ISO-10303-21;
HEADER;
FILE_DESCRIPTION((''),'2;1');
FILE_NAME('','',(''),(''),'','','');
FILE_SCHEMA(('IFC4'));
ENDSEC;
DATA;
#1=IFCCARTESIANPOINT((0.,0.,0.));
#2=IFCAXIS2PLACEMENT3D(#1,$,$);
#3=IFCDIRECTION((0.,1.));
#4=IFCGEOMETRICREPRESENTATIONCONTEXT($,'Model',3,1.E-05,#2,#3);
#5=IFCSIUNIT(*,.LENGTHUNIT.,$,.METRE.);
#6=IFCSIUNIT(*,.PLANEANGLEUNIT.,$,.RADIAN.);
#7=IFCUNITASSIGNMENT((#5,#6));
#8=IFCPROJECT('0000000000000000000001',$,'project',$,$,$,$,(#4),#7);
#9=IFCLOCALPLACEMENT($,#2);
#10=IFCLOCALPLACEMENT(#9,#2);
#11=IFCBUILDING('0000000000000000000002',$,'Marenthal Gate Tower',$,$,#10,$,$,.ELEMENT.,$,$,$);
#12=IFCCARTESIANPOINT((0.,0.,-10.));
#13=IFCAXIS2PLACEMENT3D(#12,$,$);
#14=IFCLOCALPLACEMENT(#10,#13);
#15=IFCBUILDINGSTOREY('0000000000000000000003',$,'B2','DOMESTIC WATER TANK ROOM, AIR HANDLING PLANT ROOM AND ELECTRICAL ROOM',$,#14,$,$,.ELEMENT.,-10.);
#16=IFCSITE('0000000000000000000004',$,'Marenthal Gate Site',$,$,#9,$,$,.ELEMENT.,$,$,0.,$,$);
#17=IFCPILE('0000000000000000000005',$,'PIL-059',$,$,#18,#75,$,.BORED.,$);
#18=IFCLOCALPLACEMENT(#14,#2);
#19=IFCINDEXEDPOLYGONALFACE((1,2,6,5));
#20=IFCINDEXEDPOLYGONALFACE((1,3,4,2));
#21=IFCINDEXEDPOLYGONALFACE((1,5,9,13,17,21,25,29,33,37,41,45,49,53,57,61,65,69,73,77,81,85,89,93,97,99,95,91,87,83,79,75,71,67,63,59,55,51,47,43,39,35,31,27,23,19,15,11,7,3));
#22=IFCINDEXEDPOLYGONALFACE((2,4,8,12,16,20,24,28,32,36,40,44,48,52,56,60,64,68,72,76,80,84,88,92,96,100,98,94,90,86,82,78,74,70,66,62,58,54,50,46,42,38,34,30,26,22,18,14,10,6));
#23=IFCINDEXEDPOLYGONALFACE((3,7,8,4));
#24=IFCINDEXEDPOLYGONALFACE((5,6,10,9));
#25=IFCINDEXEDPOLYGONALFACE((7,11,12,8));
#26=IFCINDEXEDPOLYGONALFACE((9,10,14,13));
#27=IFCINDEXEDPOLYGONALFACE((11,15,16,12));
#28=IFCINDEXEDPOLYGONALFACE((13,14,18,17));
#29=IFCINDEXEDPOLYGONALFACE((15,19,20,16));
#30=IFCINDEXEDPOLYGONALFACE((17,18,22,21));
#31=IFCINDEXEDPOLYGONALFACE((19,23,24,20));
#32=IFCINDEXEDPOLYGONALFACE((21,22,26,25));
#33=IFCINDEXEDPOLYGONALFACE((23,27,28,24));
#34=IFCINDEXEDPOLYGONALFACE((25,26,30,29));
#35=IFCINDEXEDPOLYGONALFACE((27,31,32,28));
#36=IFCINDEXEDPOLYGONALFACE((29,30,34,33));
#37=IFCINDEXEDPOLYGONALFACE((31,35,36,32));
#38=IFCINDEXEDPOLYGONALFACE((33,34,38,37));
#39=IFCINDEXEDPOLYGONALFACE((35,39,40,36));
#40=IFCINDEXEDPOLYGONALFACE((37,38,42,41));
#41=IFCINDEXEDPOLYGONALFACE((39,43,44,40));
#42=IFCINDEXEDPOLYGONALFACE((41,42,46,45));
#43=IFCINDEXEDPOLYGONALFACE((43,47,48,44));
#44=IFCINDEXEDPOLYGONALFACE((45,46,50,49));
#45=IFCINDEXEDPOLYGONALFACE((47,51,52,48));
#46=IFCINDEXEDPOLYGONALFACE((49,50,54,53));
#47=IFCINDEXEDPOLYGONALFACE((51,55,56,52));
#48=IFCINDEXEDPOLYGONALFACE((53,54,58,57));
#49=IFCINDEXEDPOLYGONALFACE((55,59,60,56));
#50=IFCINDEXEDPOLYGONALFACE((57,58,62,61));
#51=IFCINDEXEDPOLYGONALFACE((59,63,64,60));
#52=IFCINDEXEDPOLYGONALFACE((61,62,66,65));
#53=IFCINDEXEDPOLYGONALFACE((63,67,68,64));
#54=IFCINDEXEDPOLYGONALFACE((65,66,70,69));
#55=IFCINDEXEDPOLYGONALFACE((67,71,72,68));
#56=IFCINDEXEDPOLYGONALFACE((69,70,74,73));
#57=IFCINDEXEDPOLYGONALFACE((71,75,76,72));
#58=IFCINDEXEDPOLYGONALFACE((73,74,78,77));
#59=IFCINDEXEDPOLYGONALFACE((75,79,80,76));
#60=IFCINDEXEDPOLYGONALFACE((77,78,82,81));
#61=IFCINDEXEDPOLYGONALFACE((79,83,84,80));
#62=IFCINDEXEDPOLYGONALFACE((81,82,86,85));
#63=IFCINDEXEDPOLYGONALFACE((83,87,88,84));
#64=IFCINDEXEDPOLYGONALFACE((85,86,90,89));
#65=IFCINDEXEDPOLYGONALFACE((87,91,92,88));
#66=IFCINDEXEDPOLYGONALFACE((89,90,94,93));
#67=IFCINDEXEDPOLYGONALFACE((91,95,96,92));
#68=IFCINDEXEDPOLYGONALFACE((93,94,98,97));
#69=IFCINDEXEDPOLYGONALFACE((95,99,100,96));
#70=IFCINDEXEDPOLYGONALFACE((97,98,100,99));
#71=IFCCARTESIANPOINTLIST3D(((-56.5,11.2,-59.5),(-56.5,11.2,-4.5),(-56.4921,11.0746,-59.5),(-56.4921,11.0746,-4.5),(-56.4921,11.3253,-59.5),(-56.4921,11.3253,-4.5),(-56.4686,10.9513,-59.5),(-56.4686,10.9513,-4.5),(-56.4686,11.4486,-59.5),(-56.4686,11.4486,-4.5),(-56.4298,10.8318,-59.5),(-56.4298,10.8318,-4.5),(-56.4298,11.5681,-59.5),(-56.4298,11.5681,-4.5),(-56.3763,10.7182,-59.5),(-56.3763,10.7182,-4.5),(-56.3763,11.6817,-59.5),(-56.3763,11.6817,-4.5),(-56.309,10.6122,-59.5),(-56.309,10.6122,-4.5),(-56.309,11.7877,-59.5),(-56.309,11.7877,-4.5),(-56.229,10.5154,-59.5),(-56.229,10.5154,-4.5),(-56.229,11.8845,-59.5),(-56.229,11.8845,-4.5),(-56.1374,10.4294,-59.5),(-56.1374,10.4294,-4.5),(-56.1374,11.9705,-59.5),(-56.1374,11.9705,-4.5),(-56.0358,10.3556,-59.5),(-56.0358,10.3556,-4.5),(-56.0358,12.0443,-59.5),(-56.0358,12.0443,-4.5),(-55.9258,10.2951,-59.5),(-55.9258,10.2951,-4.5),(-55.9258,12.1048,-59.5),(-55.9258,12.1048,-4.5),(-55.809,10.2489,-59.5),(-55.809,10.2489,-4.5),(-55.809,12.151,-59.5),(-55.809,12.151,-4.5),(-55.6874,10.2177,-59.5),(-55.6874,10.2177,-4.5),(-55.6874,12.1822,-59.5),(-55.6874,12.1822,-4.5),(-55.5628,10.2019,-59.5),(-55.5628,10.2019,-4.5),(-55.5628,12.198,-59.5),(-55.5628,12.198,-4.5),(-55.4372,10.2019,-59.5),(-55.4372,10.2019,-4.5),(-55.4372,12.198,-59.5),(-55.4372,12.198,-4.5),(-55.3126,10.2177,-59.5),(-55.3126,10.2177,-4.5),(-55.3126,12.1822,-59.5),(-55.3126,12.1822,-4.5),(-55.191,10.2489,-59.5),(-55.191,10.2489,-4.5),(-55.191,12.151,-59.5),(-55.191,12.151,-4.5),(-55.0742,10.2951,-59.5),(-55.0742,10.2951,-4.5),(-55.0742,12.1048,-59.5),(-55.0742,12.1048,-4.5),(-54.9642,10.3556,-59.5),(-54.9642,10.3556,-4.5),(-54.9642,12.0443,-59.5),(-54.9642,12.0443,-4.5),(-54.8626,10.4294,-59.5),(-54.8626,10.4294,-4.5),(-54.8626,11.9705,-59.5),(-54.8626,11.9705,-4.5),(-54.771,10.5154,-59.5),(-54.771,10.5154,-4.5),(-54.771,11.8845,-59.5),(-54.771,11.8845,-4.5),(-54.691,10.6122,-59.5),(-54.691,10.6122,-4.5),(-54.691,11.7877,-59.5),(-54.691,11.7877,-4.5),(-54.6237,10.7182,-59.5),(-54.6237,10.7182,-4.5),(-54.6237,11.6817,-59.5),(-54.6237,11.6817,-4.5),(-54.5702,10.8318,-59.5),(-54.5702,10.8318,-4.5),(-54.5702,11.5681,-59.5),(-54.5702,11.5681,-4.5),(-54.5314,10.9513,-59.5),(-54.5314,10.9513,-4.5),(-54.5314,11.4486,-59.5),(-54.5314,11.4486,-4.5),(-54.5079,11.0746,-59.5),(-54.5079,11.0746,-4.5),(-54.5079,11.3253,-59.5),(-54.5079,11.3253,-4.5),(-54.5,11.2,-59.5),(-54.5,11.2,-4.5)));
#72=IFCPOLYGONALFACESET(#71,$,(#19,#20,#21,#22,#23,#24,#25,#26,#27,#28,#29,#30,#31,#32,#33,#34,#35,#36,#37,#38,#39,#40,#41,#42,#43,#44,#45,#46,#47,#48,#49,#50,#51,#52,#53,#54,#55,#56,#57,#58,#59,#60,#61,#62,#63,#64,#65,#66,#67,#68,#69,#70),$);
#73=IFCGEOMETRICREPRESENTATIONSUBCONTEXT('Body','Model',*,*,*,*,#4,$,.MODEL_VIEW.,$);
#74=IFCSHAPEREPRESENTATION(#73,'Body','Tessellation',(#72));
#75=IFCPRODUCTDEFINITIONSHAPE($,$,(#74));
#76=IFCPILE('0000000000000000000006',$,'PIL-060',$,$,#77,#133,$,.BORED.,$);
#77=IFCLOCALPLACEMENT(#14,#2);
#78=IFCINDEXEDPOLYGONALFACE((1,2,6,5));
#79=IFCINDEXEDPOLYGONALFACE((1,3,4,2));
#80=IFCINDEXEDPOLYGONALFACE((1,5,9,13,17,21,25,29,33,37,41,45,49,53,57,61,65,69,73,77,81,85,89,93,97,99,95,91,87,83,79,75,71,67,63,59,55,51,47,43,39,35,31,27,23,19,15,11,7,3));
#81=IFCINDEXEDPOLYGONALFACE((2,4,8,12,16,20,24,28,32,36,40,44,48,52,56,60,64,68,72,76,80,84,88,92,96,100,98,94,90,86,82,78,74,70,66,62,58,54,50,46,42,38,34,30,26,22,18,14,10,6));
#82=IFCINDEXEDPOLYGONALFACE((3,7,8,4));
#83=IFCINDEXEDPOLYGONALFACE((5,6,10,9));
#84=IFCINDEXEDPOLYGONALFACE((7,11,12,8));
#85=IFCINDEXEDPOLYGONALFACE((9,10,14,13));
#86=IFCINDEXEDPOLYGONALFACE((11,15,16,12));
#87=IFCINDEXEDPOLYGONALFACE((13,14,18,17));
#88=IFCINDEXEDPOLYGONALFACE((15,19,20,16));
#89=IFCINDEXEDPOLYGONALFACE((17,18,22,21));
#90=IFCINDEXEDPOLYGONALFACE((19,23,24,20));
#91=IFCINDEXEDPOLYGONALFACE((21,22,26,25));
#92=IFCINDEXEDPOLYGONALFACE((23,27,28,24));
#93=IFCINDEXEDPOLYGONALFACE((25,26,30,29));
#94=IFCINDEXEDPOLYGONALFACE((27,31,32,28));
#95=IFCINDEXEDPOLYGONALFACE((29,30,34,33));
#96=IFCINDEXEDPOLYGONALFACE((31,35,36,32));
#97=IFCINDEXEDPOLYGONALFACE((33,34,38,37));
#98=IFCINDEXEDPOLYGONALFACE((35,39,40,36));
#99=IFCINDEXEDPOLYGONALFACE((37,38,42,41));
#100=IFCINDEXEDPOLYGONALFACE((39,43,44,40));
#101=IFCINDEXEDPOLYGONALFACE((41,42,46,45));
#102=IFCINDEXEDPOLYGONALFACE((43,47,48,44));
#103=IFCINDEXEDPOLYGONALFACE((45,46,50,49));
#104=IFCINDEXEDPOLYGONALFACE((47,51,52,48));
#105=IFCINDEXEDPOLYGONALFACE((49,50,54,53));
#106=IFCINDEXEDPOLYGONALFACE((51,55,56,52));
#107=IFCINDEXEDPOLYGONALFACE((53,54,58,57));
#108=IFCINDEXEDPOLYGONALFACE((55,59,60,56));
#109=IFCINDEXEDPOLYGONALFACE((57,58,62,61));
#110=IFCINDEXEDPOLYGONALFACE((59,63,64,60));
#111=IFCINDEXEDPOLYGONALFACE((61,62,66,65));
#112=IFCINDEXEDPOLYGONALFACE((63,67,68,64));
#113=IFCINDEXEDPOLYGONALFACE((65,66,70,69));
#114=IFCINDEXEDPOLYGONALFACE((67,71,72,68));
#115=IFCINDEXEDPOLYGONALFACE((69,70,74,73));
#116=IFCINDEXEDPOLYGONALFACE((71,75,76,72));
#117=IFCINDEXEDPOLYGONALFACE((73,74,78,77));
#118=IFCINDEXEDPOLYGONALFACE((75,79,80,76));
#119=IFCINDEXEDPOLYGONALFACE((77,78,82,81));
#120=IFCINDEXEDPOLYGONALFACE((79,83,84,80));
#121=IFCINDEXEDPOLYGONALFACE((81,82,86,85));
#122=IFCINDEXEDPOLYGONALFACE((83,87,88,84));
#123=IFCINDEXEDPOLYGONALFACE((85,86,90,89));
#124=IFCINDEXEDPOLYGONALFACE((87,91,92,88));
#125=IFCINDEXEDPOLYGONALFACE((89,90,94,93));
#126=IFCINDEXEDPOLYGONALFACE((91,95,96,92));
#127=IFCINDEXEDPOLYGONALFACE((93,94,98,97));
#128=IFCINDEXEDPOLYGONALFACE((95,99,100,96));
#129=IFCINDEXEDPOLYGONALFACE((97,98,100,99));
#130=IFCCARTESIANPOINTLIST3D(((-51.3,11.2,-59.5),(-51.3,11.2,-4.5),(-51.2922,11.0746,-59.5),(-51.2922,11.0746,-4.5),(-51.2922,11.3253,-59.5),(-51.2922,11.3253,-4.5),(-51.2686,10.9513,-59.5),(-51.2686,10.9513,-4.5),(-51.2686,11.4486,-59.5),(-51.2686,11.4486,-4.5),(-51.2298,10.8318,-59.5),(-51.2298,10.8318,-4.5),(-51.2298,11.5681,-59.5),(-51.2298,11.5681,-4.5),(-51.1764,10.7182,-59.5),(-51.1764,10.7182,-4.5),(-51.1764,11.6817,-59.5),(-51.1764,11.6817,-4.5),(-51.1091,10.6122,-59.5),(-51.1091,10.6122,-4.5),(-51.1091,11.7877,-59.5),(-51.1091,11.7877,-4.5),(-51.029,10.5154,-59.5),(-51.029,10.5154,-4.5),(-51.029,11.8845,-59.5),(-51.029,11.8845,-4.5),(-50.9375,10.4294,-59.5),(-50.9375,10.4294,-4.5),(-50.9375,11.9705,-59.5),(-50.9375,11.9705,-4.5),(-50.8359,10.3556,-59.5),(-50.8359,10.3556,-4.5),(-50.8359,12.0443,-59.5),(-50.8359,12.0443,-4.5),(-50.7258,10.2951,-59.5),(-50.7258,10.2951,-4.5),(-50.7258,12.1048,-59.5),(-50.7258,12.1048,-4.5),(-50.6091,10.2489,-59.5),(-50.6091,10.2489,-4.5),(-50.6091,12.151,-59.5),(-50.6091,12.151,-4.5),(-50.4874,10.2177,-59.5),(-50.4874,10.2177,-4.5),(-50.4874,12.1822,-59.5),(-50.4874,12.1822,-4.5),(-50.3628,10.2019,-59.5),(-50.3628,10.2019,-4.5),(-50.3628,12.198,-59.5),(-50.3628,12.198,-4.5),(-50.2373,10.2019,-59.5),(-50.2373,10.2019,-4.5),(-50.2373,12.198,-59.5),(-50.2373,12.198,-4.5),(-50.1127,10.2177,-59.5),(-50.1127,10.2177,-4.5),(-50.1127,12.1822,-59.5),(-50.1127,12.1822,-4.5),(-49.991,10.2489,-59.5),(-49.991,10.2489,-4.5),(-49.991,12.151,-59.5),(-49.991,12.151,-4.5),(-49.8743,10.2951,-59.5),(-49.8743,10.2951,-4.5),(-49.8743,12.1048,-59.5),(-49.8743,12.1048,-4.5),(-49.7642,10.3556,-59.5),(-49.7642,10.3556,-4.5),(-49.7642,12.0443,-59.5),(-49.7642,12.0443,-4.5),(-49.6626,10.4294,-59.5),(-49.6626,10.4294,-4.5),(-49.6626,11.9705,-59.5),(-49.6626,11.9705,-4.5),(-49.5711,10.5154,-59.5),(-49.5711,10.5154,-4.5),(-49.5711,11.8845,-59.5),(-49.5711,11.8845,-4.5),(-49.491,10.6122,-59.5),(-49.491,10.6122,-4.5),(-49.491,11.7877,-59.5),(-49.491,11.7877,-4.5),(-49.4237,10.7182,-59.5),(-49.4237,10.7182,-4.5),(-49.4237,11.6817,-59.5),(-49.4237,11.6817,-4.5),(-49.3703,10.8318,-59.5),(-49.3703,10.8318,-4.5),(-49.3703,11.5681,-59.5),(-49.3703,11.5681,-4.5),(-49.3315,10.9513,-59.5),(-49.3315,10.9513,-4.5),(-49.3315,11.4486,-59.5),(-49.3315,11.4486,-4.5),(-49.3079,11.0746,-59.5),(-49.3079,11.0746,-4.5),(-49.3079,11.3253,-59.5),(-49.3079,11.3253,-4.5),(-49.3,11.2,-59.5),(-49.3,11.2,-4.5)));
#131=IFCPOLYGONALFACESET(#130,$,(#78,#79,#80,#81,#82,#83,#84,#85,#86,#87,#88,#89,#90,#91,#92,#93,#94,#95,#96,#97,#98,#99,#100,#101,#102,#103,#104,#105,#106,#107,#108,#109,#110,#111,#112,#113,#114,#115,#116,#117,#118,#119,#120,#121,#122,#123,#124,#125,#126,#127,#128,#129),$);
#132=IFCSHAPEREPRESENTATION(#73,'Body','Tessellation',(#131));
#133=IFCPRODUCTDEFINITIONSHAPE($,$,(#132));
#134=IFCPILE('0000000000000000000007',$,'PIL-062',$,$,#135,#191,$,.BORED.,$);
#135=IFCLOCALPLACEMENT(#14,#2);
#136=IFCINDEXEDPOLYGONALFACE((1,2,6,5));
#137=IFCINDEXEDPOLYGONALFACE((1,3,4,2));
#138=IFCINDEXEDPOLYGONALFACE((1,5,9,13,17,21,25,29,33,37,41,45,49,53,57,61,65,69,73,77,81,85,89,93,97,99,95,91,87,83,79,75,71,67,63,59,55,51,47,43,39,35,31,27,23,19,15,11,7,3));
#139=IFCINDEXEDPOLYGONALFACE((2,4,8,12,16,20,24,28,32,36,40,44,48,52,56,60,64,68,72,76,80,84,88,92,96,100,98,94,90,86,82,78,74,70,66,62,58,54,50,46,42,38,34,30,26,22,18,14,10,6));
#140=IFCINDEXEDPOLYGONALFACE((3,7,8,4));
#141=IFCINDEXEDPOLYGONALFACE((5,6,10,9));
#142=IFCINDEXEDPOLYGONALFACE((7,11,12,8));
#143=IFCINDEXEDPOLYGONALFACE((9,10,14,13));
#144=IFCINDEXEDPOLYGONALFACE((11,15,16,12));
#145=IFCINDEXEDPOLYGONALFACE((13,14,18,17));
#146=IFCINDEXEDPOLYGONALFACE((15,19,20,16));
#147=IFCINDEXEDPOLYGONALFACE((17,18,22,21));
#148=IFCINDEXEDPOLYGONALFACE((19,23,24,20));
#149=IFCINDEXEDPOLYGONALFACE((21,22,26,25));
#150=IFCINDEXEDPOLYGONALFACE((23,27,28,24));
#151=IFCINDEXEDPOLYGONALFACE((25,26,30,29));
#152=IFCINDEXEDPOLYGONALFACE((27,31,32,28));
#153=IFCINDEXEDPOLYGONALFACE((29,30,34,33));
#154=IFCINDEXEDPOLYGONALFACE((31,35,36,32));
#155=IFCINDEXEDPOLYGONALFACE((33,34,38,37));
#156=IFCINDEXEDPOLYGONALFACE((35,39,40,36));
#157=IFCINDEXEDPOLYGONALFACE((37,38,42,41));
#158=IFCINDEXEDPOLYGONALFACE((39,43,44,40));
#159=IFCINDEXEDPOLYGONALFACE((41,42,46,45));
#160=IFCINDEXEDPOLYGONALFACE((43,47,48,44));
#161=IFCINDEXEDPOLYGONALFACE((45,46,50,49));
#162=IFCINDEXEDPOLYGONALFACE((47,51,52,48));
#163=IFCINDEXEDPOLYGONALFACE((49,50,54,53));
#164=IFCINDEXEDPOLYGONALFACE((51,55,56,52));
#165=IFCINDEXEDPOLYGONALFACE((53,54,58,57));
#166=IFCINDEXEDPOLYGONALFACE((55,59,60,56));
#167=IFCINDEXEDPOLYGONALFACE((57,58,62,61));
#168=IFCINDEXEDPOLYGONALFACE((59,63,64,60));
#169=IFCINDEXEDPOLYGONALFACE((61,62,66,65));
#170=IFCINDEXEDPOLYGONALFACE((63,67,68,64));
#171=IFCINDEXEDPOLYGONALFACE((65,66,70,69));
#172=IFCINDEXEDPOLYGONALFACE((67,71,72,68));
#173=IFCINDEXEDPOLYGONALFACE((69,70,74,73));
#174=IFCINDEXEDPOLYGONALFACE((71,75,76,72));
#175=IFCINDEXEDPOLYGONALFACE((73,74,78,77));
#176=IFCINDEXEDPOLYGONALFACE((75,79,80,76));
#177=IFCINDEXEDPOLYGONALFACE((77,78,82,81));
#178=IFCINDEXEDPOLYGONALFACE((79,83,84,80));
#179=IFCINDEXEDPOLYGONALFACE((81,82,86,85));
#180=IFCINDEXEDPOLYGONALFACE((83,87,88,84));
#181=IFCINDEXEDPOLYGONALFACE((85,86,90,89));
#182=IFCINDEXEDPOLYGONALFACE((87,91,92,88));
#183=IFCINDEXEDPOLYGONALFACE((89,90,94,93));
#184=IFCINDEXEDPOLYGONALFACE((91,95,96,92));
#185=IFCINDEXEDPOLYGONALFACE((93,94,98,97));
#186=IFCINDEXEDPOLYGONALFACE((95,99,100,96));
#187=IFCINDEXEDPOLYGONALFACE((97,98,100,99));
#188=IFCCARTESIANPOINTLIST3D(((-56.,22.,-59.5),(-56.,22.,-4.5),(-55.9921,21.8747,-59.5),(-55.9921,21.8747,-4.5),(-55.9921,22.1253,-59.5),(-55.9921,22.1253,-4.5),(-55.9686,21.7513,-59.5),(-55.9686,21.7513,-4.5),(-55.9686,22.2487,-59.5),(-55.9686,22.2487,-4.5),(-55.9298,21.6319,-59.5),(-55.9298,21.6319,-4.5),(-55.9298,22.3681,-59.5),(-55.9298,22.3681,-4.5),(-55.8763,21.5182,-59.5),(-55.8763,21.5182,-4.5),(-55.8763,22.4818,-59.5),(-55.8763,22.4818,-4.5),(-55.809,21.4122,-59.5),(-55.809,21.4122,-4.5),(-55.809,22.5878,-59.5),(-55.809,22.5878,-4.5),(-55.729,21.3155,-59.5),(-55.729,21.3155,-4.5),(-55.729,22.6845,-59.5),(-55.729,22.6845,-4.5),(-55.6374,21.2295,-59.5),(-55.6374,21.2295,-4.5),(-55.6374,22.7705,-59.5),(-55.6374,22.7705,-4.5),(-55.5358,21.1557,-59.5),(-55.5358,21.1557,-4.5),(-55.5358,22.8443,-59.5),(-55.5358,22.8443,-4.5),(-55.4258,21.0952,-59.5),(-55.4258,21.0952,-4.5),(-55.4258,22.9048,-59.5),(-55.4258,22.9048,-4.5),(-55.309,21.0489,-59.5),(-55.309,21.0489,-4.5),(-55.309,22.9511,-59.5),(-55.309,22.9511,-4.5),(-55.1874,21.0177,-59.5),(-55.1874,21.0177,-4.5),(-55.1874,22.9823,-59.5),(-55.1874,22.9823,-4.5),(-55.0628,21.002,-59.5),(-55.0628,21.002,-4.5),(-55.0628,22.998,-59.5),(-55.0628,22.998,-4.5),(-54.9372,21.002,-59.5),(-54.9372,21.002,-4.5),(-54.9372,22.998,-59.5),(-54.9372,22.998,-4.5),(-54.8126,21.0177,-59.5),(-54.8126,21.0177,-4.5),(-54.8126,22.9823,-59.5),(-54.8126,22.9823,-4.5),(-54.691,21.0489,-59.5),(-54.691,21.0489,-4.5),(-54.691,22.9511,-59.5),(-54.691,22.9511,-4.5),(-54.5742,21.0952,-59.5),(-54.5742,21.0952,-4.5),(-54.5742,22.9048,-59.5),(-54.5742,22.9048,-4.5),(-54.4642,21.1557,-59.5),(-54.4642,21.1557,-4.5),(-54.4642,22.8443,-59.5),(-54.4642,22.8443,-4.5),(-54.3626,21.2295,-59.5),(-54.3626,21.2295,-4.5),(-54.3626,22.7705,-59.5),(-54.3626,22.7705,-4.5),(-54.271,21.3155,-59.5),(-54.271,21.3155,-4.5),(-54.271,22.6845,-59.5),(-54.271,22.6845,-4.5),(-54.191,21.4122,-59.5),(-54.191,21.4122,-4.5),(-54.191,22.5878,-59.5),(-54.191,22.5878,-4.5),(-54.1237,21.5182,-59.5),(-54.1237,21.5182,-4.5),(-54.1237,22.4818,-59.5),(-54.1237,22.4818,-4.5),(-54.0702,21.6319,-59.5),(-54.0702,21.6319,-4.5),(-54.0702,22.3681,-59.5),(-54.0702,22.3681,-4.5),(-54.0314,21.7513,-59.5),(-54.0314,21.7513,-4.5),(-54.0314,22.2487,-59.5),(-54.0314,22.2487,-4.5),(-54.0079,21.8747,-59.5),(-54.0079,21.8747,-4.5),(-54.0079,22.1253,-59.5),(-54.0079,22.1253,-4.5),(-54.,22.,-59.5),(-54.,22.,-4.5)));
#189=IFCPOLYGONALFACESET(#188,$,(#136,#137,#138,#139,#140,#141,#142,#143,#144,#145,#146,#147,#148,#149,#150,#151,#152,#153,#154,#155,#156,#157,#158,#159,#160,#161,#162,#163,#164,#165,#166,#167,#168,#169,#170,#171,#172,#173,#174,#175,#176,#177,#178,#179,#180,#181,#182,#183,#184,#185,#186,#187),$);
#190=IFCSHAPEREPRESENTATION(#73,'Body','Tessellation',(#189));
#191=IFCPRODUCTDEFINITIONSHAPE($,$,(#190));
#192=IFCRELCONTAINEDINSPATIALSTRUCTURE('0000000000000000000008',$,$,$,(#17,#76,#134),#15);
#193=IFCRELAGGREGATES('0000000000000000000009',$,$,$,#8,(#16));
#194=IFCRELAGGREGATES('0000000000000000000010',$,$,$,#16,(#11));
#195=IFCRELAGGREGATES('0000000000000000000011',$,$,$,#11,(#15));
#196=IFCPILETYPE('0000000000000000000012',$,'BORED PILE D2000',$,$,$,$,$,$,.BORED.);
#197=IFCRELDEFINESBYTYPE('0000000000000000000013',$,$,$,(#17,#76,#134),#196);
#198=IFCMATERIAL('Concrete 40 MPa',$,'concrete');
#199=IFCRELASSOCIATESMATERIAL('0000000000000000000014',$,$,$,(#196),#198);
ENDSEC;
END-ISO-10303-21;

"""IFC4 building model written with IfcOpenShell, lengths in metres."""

from ifc_helpers import new_model, si_unit, direction, frame, origin, origin_2d, place, context, subcontext, project, spatial, circle, extrude, material, type_object, element, save


model = new_model("IFC4")

# Units and contexts
model_context = context("Model", 3, precision=1e-05, world=origin(), true_north=direction((0.0, 1.0)))
body_context = subcontext(model_context, "Body", "Model", "MODEL_VIEW")
ifc_project = project(units=[si_unit("LENGTHUNIT", "METRE"), si_unit("PLANEANGLEUNIT", "RADIAN")], contexts=[model_context])

# Site, building, storey
site_placement = place(None, origin())
site = spatial("IfcSite", under=ifc_project, at=site_placement, Name="Marenthal Gate Site", CompositionType="ELEMENT", RefElevation=0.0)
building_placement = place(site_placement, origin())
building = spatial("IfcBuilding", under=site, at=building_placement, Name="Marenthal Gate Tower", CompositionType="ELEMENT")
storey_placement = place(building_placement, frame((0.0, 0.0, -10.0)))
storey = spatial("IfcBuildingStorey", under=building, at=storey_placement, Name="B2", Description="DOMESTIC WATER TANK ROOM, AIR HANDLING PLANT ROOM AND ELECTRICAL ROOM", CompositionType="ELEMENT", Elevation=-10.0)

# Piles
ifc_material_1 = material(Name="Concrete 40 MPa", Category="concrete")
pile_type = type_object("IfcPileType", Name="BORED PILE D2000", PredefinedType="BORED", material=ifc_material_1)
for number, where, z_axis, x_axis, name in (
    (1, (-55.5, 11.2, -4.5), (0.0, 0.0, -1.0), (1.0, 0.0, 0.0), "PIL-059"),
    (2, (-50.3, 11.2, -4.5), (0.0, 0.0, -1.0), (1.0, 0.0, 0.0), "PIL-060"),
    (3, (-55.0, 22.0, -4.5), (0.0, 0.0, -1.0), (1.0, 0.0, 0.0), "PIL-062"),
):
    element("IfcPile", number, at=place(storey_placement, frame(where, z_axis=z_axis, x_axis=x_axis)), inside=storey, type_object=pile_type, Name=name, PredefinedType="BORED", context=body_context, shape_type="SweptSolid", body=[
        extrude(circle(Radius=1.0, at=origin_2d()), origin(), (0.0, 0.0, 1.0), 55.0),
    ])

save(model, "model.ifc")
